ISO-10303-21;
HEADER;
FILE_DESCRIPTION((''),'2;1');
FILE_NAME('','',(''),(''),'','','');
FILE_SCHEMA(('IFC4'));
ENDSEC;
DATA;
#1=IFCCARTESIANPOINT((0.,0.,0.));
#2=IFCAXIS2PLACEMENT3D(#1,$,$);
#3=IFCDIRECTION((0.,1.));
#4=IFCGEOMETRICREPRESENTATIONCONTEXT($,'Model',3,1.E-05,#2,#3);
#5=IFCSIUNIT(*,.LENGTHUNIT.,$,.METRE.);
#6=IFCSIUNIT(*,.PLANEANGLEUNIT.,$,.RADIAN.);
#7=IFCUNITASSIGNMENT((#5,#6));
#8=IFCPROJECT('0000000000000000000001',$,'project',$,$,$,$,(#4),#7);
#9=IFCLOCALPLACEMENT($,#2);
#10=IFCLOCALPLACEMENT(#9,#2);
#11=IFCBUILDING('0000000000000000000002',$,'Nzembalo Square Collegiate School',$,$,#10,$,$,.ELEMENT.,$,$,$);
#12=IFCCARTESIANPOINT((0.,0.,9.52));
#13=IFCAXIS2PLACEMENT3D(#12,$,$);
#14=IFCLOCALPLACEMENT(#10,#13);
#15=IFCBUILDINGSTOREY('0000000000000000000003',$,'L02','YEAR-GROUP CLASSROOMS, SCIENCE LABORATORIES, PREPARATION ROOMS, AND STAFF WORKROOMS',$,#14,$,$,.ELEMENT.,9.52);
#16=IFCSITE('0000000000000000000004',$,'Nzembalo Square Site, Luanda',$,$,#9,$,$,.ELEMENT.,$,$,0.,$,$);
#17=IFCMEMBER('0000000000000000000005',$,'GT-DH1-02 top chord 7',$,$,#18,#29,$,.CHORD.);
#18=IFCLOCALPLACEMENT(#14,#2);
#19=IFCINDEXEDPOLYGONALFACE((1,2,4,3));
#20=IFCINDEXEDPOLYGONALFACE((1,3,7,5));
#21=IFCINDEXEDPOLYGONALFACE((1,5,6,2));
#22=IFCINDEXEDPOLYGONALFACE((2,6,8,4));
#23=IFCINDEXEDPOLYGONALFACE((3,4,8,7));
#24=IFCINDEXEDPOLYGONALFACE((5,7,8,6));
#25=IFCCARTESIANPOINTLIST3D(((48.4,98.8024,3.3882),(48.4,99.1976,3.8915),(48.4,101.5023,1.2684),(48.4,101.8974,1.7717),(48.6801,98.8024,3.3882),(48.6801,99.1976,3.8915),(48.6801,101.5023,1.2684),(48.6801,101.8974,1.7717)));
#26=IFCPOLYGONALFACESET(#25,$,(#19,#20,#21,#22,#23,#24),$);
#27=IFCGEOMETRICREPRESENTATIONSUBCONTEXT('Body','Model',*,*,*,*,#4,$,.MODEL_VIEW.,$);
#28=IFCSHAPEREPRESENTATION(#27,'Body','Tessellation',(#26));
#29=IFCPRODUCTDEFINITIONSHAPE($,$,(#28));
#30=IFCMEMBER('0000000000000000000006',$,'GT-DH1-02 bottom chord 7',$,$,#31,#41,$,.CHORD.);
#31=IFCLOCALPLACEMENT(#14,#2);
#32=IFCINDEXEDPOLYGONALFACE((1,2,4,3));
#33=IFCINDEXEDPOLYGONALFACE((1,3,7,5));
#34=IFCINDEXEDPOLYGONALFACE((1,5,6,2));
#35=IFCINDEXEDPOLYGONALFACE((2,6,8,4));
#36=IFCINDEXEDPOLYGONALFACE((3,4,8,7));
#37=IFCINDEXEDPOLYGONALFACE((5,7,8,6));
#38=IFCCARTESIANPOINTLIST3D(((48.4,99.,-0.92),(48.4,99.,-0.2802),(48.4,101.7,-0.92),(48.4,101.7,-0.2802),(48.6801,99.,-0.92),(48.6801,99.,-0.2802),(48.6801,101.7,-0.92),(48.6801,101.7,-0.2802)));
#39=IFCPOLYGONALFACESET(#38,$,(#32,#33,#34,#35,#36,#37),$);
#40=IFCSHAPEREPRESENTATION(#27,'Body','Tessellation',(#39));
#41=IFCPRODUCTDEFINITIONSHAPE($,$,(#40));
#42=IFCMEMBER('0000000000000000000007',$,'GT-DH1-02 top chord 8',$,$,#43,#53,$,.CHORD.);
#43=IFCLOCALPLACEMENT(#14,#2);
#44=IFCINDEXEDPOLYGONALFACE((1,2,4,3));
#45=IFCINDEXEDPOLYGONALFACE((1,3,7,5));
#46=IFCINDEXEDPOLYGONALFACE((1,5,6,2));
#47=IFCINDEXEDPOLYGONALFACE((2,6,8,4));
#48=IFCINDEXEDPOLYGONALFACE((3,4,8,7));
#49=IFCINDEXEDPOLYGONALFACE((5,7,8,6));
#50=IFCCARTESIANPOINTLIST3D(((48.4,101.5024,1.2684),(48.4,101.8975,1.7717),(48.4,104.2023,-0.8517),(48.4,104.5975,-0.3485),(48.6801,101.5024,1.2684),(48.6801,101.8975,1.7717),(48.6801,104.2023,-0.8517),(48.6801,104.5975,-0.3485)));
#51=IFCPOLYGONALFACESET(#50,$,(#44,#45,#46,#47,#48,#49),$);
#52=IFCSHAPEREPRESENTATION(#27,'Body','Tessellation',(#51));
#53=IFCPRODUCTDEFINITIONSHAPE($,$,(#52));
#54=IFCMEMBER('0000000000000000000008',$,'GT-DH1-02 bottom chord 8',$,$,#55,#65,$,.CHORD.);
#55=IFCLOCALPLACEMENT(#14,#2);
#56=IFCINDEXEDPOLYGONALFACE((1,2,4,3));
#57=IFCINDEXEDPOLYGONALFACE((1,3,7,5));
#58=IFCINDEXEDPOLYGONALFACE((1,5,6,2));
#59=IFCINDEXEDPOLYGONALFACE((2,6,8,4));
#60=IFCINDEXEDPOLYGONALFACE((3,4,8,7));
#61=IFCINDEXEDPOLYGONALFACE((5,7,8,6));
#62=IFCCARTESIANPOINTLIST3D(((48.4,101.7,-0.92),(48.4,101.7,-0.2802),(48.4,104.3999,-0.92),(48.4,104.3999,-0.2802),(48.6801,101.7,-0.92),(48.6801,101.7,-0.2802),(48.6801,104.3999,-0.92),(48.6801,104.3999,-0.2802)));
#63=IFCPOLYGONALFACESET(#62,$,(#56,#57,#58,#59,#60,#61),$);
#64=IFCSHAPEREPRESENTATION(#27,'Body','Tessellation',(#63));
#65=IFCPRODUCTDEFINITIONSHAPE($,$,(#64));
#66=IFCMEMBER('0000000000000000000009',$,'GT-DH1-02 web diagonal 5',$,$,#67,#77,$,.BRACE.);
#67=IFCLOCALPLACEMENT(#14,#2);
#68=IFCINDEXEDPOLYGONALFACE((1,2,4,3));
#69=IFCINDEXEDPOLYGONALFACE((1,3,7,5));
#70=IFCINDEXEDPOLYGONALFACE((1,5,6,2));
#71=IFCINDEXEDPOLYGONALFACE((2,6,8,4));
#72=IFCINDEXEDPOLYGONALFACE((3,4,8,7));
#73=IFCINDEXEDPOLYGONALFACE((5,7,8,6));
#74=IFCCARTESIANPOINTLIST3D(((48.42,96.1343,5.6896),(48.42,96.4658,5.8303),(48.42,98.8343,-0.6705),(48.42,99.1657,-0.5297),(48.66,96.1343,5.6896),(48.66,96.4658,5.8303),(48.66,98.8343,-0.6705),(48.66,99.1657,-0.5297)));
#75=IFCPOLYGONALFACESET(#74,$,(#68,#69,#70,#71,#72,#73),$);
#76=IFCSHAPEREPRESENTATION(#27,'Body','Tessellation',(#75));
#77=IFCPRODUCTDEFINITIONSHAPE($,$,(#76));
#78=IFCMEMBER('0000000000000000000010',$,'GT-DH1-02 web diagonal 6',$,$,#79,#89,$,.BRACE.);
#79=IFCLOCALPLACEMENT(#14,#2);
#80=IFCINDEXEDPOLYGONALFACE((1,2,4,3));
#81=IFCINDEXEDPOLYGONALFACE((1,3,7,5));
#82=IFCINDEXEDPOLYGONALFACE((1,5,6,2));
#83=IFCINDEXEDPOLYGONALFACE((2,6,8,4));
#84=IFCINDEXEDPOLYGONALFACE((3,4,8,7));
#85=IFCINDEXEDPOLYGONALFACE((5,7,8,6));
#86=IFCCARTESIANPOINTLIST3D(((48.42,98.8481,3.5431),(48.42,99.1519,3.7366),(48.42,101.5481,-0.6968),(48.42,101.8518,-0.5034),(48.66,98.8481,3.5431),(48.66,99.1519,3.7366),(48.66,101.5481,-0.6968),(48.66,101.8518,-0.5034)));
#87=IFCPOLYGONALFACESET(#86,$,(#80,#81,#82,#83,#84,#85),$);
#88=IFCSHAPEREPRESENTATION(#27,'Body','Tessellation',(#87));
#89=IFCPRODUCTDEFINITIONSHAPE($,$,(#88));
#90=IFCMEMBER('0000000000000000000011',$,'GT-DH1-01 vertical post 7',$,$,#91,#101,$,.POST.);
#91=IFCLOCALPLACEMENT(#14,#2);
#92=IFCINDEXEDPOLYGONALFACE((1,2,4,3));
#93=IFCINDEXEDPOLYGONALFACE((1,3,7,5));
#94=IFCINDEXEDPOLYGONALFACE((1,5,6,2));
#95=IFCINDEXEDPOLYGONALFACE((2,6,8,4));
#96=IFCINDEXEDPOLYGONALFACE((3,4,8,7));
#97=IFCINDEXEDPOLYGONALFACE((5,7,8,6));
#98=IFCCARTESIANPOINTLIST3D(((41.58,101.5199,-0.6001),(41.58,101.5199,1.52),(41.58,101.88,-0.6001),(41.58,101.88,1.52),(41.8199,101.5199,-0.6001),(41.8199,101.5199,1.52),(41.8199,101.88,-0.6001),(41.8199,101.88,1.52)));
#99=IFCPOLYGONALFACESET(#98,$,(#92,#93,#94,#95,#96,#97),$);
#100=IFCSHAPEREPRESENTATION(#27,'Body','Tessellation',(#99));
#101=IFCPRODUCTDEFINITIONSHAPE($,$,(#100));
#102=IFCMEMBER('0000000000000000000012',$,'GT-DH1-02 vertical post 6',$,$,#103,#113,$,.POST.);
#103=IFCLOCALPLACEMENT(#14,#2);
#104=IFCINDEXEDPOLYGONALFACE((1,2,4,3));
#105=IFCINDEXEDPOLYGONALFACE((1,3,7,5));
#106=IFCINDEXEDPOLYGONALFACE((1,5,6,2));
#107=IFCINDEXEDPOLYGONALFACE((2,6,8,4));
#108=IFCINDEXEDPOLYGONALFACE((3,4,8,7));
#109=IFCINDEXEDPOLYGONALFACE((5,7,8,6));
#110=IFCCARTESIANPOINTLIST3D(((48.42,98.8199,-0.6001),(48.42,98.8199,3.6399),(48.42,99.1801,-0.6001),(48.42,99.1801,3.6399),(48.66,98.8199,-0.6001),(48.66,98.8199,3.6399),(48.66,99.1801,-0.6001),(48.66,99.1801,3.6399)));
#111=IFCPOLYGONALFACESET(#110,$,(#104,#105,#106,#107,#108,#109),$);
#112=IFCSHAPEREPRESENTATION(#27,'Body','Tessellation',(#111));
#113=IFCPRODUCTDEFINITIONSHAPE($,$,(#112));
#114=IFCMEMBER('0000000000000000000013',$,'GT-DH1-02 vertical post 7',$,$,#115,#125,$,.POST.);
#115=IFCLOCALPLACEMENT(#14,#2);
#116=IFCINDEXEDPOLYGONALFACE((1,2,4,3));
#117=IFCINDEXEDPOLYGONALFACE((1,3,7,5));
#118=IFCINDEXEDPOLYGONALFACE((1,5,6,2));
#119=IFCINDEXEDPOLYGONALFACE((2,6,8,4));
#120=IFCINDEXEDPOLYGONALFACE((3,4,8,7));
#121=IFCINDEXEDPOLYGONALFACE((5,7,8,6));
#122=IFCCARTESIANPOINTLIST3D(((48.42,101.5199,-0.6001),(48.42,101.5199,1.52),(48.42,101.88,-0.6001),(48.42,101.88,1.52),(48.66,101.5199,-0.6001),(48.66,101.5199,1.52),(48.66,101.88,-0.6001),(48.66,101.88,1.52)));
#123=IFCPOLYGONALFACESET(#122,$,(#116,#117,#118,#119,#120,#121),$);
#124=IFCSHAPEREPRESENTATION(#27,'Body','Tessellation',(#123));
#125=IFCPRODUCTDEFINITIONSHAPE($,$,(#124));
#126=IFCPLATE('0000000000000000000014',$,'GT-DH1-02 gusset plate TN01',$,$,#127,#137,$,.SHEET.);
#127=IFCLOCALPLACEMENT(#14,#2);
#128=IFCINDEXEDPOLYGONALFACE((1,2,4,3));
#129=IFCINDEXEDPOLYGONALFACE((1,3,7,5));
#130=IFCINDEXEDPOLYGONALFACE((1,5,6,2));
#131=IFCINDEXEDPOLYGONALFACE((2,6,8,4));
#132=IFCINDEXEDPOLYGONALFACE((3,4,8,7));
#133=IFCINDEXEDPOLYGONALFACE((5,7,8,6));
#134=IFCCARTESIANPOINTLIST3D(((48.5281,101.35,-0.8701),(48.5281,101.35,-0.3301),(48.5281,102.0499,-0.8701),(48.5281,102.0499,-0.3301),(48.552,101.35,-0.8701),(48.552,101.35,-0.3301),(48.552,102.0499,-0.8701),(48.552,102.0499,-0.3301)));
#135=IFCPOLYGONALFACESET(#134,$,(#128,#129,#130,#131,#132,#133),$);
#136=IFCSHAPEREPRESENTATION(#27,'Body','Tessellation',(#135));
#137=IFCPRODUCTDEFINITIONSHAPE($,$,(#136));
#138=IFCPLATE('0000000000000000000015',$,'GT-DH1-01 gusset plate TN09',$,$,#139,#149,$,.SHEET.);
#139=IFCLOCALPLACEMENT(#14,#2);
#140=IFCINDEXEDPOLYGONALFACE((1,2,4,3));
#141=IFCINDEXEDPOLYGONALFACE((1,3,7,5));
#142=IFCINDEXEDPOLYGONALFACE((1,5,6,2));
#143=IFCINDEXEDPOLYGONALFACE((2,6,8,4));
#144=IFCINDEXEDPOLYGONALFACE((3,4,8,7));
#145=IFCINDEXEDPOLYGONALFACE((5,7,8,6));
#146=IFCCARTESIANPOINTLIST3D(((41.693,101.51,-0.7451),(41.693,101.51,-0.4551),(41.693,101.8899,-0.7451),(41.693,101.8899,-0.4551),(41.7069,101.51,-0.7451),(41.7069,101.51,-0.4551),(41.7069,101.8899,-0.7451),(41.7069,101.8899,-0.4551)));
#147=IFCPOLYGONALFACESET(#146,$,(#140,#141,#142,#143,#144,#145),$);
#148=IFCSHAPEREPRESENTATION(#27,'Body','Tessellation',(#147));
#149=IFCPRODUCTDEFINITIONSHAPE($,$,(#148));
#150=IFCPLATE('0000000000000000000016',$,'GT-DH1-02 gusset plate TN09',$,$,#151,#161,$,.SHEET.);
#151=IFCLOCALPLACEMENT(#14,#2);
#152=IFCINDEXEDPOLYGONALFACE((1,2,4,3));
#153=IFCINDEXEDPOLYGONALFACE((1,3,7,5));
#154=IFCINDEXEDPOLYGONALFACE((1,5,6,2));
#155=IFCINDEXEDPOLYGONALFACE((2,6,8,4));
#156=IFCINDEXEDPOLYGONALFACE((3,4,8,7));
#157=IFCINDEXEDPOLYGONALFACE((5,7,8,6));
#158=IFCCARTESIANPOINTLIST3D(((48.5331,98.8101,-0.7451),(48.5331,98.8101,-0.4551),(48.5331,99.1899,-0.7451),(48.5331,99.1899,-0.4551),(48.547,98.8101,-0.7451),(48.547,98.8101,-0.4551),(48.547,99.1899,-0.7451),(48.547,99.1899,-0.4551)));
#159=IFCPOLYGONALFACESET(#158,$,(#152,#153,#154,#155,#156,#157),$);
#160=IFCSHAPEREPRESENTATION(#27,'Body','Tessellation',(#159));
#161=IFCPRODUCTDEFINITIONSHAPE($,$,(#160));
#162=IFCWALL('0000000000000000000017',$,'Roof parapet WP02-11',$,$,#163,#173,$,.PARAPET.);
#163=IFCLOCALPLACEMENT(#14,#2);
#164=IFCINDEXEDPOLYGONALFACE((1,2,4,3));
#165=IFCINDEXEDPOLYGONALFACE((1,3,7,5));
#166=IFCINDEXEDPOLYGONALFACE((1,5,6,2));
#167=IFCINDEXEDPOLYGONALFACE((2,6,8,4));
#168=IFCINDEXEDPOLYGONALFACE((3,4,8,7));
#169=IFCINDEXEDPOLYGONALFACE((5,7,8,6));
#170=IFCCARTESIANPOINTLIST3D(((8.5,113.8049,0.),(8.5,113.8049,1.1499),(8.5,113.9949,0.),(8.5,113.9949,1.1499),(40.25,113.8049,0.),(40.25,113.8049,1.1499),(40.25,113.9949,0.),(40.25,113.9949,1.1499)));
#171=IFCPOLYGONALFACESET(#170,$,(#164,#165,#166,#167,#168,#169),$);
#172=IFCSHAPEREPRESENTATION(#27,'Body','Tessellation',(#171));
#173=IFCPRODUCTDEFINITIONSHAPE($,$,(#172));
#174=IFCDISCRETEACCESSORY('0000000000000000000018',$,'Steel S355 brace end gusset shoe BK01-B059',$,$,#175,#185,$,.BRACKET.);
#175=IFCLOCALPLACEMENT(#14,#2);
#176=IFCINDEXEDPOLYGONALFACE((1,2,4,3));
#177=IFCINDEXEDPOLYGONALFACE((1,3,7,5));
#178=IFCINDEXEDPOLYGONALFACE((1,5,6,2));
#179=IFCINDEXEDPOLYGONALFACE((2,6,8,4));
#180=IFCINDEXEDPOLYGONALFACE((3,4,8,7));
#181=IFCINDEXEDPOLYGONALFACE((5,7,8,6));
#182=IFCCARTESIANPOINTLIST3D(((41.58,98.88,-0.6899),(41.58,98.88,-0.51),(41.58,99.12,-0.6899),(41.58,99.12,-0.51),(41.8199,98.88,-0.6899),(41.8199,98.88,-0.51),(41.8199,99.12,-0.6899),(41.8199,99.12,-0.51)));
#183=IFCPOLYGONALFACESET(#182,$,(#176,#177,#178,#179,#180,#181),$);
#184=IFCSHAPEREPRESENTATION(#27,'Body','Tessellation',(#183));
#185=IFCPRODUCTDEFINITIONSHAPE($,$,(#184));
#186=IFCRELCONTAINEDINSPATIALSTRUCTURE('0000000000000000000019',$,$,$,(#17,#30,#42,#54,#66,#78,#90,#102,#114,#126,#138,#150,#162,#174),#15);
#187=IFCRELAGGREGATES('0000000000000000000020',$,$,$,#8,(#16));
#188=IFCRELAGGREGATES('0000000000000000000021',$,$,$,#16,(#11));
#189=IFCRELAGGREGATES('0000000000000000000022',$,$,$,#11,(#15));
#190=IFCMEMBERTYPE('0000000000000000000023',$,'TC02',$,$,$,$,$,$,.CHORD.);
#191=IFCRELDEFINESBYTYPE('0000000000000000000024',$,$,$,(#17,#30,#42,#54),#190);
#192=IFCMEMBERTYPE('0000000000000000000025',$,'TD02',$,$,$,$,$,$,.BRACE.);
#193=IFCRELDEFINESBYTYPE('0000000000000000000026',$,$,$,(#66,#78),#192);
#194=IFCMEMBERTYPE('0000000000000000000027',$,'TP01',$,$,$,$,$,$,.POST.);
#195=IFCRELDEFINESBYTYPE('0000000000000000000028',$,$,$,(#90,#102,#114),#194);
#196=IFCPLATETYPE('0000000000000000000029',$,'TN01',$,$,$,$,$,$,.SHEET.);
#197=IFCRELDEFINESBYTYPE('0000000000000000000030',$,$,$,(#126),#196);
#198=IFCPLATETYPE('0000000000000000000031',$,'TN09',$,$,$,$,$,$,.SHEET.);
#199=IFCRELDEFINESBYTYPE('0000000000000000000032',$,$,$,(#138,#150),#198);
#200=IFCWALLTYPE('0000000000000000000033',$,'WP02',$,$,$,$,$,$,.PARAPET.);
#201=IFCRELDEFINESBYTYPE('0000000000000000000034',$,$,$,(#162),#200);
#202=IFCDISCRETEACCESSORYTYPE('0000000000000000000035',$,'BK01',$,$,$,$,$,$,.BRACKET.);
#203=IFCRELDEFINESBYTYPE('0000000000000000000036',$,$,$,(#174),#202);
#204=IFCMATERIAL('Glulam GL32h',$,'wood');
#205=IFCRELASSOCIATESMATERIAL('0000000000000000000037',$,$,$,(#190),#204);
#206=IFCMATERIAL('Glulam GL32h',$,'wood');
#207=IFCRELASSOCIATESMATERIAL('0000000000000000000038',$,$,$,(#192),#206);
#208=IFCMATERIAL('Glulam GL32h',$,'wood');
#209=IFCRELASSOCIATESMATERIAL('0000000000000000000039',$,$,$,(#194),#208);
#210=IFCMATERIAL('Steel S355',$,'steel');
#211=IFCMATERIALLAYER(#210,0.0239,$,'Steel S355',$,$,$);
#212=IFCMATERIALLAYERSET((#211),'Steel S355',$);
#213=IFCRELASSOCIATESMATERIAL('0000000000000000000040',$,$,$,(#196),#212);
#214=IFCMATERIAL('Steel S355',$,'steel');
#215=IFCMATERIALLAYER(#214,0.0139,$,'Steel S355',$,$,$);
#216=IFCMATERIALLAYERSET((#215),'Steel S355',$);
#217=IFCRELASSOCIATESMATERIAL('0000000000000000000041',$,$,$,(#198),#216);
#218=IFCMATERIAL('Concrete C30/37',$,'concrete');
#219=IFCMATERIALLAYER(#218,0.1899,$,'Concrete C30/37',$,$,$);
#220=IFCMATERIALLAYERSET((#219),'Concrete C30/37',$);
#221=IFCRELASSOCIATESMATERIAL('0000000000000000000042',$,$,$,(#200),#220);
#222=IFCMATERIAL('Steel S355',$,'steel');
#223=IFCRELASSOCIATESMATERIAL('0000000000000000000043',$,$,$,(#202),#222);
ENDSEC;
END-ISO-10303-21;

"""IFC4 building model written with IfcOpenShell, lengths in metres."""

from ifc_helpers import new_model, si_unit, direction, frame, frame_2d, origin, origin_2d, place, context, subcontext, project, spatial, rectangle, extrude, material, layer, layer_set, material_profile, profile_set, type_object, element, save


model = new_model("IFC4")

# Units and contexts
model_context = context("Model", 3, precision=1e-05, world=origin(), true_north=direction((0.0, 1.0)))
body_context = subcontext(model_context, "Body", "Model", "MODEL_VIEW")
ifc_project = project(units=[si_unit("LENGTHUNIT", "METRE"), si_unit("PLANEANGLEUNIT", "RADIAN")], contexts=[model_context])

# Site, building, storey
site_placement = place(None, origin())
site = spatial("IfcSite", under=ifc_project, at=site_placement, Name="Nzembalo Square Site, Luanda", CompositionType="ELEMENT", RefElevation=0.0)
building_placement = place(site_placement, origin())
building = spatial("IfcBuilding", under=site, at=building_placement, Name="Nzembalo Square Collegiate School", CompositionType="ELEMENT")
storey_placement = place(building_placement, frame((0.0, 0.0, 9.52)))
storey = spatial("IfcBuildingStorey", under=building, at=storey_placement, Name="L02", Description="YEAR-GROUP CLASSROOMS, SCIENCE LABORATORIES, PREPARATION ROOMS, AND STAFF WORKROOMS", CompositionType="ELEMENT", Elevation=9.52)

# Members
ifc_material_1 = material(Name="Glulam GL32h", Category="wood")
ifc_material_profile_1 = material_profile(ifc_material_1, rectangle(XDim=0.28, YDim=0.6399, at=origin_2d()), Name="GL32h 280x640")
ifc_profile_set_1 = profile_set([ifc_material_profile_1], Name="Glulam GL32h")
member_type_1 = type_object("IfcMemberType", Name="TC02", PredefinedType="CHORD", material=ifc_profile_set_1)
member_1_placement = place(storey_placement, frame((48.54, 99.0, 3.6399), z_axis=(0.0, 0.786533, -0.617548), x_axis=(-1.0, 0.0, 0.0)))
element("IfcMember", 1, at=member_1_placement, inside=storey, type_object=member_type_1, Name="GT-DH1-02 top chord 7", PredefinedType="CHORD", context=body_context, shape_type="SweptSolid", body=[
    extrude(rectangle(XDim=0.28, YDim=0.6399, at=origin_2d()), origin(), (0.0, 0.0, 1.0), 3.4326),
])
member_2_placement = place(storey_placement, frame((48.54, 99.0, -0.6001), z_axis=(0.0, 1.0, 0.0), x_axis=(-1.0, 0.0, 0.0)))
element("IfcMember", 2, at=member_2_placement, inside=storey, type_object=member_type_1, Name="GT-DH1-02 bottom chord 7", PredefinedType="CHORD", context=body_context, shape_type="SweptSolid", body=[
    extrude(rectangle(XDim=0.28, YDim=0.6399, at=origin_2d()), origin(), (0.0, 0.0, 1.0), 2.7),
])
member_3_placement = place(storey_placement, frame((48.54, 101.7, 1.52), z_axis=(0.0, 0.786498, -0.617592), x_axis=(-1.0, 0.0, 0.0)))
element("IfcMember", 3, at=member_3_placement, inside=storey, type_object=member_type_1, Name="GT-DH1-02 top chord 8", PredefinedType="CHORD", context=body_context, shape_type="SweptSolid", body=[
    extrude(rectangle(XDim=0.28, YDim=0.6399, at=origin_2d()), origin(), (0.0, 0.0, 1.0), 3.4329),
])
member_4_placement = place(storey_placement, frame((48.54, 101.7, -0.6001), z_axis=(0.0, 1.0, 0.0), x_axis=(-1.0, 0.0, 0.0)))
element("IfcMember", 4, at=member_4_placement, inside=storey, type_object=member_type_1, Name="GT-DH1-02 bottom chord 8", PredefinedType="CHORD", context=body_context, shape_type="SweptSolid", body=[
    extrude(rectangle(XDim=0.28, YDim=0.6399, at=origin_2d()), origin(), (0.0, 0.0, 1.0), 2.7),
])
ifc_material_2 = material(Name="Glulam GL32h", Category="wood")
ifc_material_profile_2 = material_profile(ifc_material_2, rectangle(XDim=0.24, YDim=0.3601, at=origin_2d()), Name="GL32h 240x360")
ifc_profile_set_2 = profile_set([ifc_material_profile_2], Name="Glulam GL32h")
member_type_2 = type_object("IfcMemberType", Name="TD02", PredefinedType="BRACE", material=ifc_profile_set_2)
member_5_placement = place(storey_placement, frame((48.54, 99.0, -0.6001), z_axis=(0.0, -0.390761, 0.920492), x_axis=(1.0, 0.0, 0.0)))
element("IfcMember", 5, at=member_5_placement, inside=storey, type_object=member_type_2, Name="GT-DH1-02 web diagonal 5", PredefinedType="BRACE", context=body_context, shape_type="SweptSolid", body=[
    extrude(rectangle(XDim=0.24, YDim=0.3601, at=origin_2d()), origin(), (0.0, 0.0, 1.0), 6.9094),
])
member_6_placement = place(storey_placement, frame((48.54, 101.7, -0.6001), z_axis=(0.0, -0.537127, 0.843501), x_axis=(1.0, 0.0, 0.0)))
element("IfcMember", 6, at=member_6_placement, inside=storey, type_object=member_type_2, Name="GT-DH1-02 web diagonal 6", PredefinedType="BRACE", context=body_context, shape_type="SweptSolid", body=[
    extrude(rectangle(XDim=0.24, YDim=0.3601, at=origin_2d()), origin(), (0.0, 0.0, 1.0), 5.0266),
])
ifc_material_3 = material(Name="Glulam GL32h", Category="wood")
ifc_material_profile_3 = material_profile(ifc_material_3, rectangle(XDim=0.24, YDim=0.3601, at=origin_2d()), Name="GL32h 240x360")
ifc_profile_set_3 = profile_set([ifc_material_profile_3], Name="Glulam GL32h")
member_type_3 = type_object("IfcMemberType", Name="TP01", PredefinedType="POST", material=ifc_profile_set_3)
member_7_placement = place(storey_placement, frame((41.7, 101.7, -0.6001), z_axis=(0.0, 0.0, 1.0), x_axis=(1.0, 0.0, 0.0)))
element("IfcMember", 7, at=member_7_placement, inside=storey, type_object=member_type_3, Name="GT-DH1-01 vertical post 7", PredefinedType="POST", context=body_context, shape_type="SweptSolid", body=[
    extrude(rectangle(XDim=0.24, YDim=0.3601, at=origin_2d()), origin(), (0.0, 0.0, 1.0), 2.1201),
])
member_8_placement = place(storey_placement, frame((48.54, 99.0, -0.6001), z_axis=(0.0, 0.0, 1.0), x_axis=(1.0, 0.0, 0.0)))
element("IfcMember", 8, at=member_8_placement, inside=storey, type_object=member_type_3, Name="GT-DH1-02 vertical post 6", PredefinedType="POST", context=body_context, shape_type="SweptSolid", body=[
    extrude(rectangle(XDim=0.24, YDim=0.3601, at=origin_2d()), origin(), (0.0, 0.0, 1.0), 4.24),
])
member_9_placement = place(storey_placement, frame((48.54, 101.7, -0.6001), z_axis=(0.0, 0.0, 1.0), x_axis=(1.0, 0.0, 0.0)))
element("IfcMember", 9, at=member_9_placement, inside=storey, type_object=member_type_3, Name="GT-DH1-02 vertical post 7", PredefinedType="POST", context=body_context, shape_type="SweptSolid", body=[
    extrude(rectangle(XDim=0.24, YDim=0.3601, at=origin_2d()), origin(), (0.0, 0.0, 1.0), 2.1201),
])

# Plates
ifc_material_4 = material(Name="Steel S355", Category="steel")
ifc_layer_1 = layer(ifc_material_4, 0.0239, Name="Steel S355")
ifc_layer_set_1 = layer_set([ifc_layer_1], Name="Steel S355")
plate_type_1 = type_object("IfcPlateType", Name="TN01", PredefinedType="SHEET", material=ifc_layer_set_1)
plate_placement = place(storey_placement, frame((48.54, 101.7, -0.8701), z_axis=(0.0, 0.0, 1.0), x_axis=(0.0, 1.0, 0.0)))
element("IfcPlate", 10, at=plate_placement, inside=storey, type_object=plate_type_1, Name="GT-DH1-02 gusset plate TN01", PredefinedType="SHEET", context=body_context, shape_type="SweptSolid", body=[
    extrude(rectangle(XDim=0.7, YDim=0.0239, at=origin_2d()), origin(), (0.0, 0.0, 1.0), 0.54),
])
ifc_material_5 = material(Name="Steel S355", Category="steel")
ifc_layer_2 = layer(ifc_material_5, 0.0139, Name="Steel S355")
ifc_layer_set_2 = layer_set([ifc_layer_2], Name="Steel S355")
plate_type_2 = type_object("IfcPlateType", Name="TN09", PredefinedType="SHEET", material=ifc_layer_set_2)
for number, where, z_axis, x_axis, name in (
    (11, (41.7, 101.7, -0.7451), (0.0, 0.0, 1.0), (0.0, 1.0, 0.0), "GT-DH1-01 gusset plate TN09"),
    (12, (48.54, 99.0, -0.7451), (0.0, 0.0, 1.0), (0.0, 1.0, 0.0), "GT-DH1-02 gusset plate TN09"),
):
    element("IfcPlate", number, at=place(storey_placement, frame(where, z_axis=z_axis, x_axis=x_axis)), inside=storey, type_object=plate_type_2, Name=name, PredefinedType="SHEET", context=body_context, shape_type="SweptSolid", body=[
        extrude(rectangle(XDim=0.3799, YDim=0.0139, at=origin_2d()), origin(), (0.0, 0.0, 1.0), 0.29),
    ])

# Wall
ifc_material_6 = material(Name="Concrete C30/37", Category="concrete")
ifc_layer_3 = layer(ifc_material_6, 0.1899, Name="Concrete C30/37")
ifc_layer_set_3 = layer_set([ifc_layer_3], Name="Concrete C30/37")
wall_type = type_object("IfcWallType", Name="WP02", PredefinedType="PARAPET", material=ifc_layer_set_3)
wall_placement = place(storey_placement, frame((40.25, 113.8999, 0.0), z_axis=(0.0, 0.0, 1.0), x_axis=(-1.0, 0.0, 0.0)))
element("IfcWall", 13, at=wall_placement, inside=storey, type_object=wall_type, Name="Roof parapet WP02-11", PredefinedType="PARAPET", context=body_context, shape_type="SweptSolid", body=[
    extrude(rectangle(XDim=31.75, YDim=0.1899, at=frame_2d((15.875, 0.0))), origin(), (0.0, 0.0, 1.0), 1.1499),
])

# Discrete accessory
ifc_material_7 = material(Name="Steel S355", Category="steel")
discrete_accessory_type = type_object("IfcDiscreteAccessoryType", Name="BK01", PredefinedType="BRACKET", material=ifc_material_7)
for number, where, z_axis, x_axis, name in (
    (14, (41.7, 99.0, -0.6899), (0.0, 0.0, 1.0), (1.0, 0.0, 0.0), "Steel S355 brace end gusset shoe BK01-B059"),
):
    element("IfcDiscreteAccessory", number, at=place(storey_placement, frame(where, z_axis=z_axis, x_axis=x_axis)), inside=storey, type_object=discrete_accessory_type, Name=name, PredefinedType="BRACKET", context=body_context, shape_type="SweptSolid", body=[
        extrude(rectangle(XDim=0.24, YDim=0.24, at=origin_2d()), origin(), (0.0, 0.0, 1.0), 0.1799),
    ])

save(model, "model.ifc")
